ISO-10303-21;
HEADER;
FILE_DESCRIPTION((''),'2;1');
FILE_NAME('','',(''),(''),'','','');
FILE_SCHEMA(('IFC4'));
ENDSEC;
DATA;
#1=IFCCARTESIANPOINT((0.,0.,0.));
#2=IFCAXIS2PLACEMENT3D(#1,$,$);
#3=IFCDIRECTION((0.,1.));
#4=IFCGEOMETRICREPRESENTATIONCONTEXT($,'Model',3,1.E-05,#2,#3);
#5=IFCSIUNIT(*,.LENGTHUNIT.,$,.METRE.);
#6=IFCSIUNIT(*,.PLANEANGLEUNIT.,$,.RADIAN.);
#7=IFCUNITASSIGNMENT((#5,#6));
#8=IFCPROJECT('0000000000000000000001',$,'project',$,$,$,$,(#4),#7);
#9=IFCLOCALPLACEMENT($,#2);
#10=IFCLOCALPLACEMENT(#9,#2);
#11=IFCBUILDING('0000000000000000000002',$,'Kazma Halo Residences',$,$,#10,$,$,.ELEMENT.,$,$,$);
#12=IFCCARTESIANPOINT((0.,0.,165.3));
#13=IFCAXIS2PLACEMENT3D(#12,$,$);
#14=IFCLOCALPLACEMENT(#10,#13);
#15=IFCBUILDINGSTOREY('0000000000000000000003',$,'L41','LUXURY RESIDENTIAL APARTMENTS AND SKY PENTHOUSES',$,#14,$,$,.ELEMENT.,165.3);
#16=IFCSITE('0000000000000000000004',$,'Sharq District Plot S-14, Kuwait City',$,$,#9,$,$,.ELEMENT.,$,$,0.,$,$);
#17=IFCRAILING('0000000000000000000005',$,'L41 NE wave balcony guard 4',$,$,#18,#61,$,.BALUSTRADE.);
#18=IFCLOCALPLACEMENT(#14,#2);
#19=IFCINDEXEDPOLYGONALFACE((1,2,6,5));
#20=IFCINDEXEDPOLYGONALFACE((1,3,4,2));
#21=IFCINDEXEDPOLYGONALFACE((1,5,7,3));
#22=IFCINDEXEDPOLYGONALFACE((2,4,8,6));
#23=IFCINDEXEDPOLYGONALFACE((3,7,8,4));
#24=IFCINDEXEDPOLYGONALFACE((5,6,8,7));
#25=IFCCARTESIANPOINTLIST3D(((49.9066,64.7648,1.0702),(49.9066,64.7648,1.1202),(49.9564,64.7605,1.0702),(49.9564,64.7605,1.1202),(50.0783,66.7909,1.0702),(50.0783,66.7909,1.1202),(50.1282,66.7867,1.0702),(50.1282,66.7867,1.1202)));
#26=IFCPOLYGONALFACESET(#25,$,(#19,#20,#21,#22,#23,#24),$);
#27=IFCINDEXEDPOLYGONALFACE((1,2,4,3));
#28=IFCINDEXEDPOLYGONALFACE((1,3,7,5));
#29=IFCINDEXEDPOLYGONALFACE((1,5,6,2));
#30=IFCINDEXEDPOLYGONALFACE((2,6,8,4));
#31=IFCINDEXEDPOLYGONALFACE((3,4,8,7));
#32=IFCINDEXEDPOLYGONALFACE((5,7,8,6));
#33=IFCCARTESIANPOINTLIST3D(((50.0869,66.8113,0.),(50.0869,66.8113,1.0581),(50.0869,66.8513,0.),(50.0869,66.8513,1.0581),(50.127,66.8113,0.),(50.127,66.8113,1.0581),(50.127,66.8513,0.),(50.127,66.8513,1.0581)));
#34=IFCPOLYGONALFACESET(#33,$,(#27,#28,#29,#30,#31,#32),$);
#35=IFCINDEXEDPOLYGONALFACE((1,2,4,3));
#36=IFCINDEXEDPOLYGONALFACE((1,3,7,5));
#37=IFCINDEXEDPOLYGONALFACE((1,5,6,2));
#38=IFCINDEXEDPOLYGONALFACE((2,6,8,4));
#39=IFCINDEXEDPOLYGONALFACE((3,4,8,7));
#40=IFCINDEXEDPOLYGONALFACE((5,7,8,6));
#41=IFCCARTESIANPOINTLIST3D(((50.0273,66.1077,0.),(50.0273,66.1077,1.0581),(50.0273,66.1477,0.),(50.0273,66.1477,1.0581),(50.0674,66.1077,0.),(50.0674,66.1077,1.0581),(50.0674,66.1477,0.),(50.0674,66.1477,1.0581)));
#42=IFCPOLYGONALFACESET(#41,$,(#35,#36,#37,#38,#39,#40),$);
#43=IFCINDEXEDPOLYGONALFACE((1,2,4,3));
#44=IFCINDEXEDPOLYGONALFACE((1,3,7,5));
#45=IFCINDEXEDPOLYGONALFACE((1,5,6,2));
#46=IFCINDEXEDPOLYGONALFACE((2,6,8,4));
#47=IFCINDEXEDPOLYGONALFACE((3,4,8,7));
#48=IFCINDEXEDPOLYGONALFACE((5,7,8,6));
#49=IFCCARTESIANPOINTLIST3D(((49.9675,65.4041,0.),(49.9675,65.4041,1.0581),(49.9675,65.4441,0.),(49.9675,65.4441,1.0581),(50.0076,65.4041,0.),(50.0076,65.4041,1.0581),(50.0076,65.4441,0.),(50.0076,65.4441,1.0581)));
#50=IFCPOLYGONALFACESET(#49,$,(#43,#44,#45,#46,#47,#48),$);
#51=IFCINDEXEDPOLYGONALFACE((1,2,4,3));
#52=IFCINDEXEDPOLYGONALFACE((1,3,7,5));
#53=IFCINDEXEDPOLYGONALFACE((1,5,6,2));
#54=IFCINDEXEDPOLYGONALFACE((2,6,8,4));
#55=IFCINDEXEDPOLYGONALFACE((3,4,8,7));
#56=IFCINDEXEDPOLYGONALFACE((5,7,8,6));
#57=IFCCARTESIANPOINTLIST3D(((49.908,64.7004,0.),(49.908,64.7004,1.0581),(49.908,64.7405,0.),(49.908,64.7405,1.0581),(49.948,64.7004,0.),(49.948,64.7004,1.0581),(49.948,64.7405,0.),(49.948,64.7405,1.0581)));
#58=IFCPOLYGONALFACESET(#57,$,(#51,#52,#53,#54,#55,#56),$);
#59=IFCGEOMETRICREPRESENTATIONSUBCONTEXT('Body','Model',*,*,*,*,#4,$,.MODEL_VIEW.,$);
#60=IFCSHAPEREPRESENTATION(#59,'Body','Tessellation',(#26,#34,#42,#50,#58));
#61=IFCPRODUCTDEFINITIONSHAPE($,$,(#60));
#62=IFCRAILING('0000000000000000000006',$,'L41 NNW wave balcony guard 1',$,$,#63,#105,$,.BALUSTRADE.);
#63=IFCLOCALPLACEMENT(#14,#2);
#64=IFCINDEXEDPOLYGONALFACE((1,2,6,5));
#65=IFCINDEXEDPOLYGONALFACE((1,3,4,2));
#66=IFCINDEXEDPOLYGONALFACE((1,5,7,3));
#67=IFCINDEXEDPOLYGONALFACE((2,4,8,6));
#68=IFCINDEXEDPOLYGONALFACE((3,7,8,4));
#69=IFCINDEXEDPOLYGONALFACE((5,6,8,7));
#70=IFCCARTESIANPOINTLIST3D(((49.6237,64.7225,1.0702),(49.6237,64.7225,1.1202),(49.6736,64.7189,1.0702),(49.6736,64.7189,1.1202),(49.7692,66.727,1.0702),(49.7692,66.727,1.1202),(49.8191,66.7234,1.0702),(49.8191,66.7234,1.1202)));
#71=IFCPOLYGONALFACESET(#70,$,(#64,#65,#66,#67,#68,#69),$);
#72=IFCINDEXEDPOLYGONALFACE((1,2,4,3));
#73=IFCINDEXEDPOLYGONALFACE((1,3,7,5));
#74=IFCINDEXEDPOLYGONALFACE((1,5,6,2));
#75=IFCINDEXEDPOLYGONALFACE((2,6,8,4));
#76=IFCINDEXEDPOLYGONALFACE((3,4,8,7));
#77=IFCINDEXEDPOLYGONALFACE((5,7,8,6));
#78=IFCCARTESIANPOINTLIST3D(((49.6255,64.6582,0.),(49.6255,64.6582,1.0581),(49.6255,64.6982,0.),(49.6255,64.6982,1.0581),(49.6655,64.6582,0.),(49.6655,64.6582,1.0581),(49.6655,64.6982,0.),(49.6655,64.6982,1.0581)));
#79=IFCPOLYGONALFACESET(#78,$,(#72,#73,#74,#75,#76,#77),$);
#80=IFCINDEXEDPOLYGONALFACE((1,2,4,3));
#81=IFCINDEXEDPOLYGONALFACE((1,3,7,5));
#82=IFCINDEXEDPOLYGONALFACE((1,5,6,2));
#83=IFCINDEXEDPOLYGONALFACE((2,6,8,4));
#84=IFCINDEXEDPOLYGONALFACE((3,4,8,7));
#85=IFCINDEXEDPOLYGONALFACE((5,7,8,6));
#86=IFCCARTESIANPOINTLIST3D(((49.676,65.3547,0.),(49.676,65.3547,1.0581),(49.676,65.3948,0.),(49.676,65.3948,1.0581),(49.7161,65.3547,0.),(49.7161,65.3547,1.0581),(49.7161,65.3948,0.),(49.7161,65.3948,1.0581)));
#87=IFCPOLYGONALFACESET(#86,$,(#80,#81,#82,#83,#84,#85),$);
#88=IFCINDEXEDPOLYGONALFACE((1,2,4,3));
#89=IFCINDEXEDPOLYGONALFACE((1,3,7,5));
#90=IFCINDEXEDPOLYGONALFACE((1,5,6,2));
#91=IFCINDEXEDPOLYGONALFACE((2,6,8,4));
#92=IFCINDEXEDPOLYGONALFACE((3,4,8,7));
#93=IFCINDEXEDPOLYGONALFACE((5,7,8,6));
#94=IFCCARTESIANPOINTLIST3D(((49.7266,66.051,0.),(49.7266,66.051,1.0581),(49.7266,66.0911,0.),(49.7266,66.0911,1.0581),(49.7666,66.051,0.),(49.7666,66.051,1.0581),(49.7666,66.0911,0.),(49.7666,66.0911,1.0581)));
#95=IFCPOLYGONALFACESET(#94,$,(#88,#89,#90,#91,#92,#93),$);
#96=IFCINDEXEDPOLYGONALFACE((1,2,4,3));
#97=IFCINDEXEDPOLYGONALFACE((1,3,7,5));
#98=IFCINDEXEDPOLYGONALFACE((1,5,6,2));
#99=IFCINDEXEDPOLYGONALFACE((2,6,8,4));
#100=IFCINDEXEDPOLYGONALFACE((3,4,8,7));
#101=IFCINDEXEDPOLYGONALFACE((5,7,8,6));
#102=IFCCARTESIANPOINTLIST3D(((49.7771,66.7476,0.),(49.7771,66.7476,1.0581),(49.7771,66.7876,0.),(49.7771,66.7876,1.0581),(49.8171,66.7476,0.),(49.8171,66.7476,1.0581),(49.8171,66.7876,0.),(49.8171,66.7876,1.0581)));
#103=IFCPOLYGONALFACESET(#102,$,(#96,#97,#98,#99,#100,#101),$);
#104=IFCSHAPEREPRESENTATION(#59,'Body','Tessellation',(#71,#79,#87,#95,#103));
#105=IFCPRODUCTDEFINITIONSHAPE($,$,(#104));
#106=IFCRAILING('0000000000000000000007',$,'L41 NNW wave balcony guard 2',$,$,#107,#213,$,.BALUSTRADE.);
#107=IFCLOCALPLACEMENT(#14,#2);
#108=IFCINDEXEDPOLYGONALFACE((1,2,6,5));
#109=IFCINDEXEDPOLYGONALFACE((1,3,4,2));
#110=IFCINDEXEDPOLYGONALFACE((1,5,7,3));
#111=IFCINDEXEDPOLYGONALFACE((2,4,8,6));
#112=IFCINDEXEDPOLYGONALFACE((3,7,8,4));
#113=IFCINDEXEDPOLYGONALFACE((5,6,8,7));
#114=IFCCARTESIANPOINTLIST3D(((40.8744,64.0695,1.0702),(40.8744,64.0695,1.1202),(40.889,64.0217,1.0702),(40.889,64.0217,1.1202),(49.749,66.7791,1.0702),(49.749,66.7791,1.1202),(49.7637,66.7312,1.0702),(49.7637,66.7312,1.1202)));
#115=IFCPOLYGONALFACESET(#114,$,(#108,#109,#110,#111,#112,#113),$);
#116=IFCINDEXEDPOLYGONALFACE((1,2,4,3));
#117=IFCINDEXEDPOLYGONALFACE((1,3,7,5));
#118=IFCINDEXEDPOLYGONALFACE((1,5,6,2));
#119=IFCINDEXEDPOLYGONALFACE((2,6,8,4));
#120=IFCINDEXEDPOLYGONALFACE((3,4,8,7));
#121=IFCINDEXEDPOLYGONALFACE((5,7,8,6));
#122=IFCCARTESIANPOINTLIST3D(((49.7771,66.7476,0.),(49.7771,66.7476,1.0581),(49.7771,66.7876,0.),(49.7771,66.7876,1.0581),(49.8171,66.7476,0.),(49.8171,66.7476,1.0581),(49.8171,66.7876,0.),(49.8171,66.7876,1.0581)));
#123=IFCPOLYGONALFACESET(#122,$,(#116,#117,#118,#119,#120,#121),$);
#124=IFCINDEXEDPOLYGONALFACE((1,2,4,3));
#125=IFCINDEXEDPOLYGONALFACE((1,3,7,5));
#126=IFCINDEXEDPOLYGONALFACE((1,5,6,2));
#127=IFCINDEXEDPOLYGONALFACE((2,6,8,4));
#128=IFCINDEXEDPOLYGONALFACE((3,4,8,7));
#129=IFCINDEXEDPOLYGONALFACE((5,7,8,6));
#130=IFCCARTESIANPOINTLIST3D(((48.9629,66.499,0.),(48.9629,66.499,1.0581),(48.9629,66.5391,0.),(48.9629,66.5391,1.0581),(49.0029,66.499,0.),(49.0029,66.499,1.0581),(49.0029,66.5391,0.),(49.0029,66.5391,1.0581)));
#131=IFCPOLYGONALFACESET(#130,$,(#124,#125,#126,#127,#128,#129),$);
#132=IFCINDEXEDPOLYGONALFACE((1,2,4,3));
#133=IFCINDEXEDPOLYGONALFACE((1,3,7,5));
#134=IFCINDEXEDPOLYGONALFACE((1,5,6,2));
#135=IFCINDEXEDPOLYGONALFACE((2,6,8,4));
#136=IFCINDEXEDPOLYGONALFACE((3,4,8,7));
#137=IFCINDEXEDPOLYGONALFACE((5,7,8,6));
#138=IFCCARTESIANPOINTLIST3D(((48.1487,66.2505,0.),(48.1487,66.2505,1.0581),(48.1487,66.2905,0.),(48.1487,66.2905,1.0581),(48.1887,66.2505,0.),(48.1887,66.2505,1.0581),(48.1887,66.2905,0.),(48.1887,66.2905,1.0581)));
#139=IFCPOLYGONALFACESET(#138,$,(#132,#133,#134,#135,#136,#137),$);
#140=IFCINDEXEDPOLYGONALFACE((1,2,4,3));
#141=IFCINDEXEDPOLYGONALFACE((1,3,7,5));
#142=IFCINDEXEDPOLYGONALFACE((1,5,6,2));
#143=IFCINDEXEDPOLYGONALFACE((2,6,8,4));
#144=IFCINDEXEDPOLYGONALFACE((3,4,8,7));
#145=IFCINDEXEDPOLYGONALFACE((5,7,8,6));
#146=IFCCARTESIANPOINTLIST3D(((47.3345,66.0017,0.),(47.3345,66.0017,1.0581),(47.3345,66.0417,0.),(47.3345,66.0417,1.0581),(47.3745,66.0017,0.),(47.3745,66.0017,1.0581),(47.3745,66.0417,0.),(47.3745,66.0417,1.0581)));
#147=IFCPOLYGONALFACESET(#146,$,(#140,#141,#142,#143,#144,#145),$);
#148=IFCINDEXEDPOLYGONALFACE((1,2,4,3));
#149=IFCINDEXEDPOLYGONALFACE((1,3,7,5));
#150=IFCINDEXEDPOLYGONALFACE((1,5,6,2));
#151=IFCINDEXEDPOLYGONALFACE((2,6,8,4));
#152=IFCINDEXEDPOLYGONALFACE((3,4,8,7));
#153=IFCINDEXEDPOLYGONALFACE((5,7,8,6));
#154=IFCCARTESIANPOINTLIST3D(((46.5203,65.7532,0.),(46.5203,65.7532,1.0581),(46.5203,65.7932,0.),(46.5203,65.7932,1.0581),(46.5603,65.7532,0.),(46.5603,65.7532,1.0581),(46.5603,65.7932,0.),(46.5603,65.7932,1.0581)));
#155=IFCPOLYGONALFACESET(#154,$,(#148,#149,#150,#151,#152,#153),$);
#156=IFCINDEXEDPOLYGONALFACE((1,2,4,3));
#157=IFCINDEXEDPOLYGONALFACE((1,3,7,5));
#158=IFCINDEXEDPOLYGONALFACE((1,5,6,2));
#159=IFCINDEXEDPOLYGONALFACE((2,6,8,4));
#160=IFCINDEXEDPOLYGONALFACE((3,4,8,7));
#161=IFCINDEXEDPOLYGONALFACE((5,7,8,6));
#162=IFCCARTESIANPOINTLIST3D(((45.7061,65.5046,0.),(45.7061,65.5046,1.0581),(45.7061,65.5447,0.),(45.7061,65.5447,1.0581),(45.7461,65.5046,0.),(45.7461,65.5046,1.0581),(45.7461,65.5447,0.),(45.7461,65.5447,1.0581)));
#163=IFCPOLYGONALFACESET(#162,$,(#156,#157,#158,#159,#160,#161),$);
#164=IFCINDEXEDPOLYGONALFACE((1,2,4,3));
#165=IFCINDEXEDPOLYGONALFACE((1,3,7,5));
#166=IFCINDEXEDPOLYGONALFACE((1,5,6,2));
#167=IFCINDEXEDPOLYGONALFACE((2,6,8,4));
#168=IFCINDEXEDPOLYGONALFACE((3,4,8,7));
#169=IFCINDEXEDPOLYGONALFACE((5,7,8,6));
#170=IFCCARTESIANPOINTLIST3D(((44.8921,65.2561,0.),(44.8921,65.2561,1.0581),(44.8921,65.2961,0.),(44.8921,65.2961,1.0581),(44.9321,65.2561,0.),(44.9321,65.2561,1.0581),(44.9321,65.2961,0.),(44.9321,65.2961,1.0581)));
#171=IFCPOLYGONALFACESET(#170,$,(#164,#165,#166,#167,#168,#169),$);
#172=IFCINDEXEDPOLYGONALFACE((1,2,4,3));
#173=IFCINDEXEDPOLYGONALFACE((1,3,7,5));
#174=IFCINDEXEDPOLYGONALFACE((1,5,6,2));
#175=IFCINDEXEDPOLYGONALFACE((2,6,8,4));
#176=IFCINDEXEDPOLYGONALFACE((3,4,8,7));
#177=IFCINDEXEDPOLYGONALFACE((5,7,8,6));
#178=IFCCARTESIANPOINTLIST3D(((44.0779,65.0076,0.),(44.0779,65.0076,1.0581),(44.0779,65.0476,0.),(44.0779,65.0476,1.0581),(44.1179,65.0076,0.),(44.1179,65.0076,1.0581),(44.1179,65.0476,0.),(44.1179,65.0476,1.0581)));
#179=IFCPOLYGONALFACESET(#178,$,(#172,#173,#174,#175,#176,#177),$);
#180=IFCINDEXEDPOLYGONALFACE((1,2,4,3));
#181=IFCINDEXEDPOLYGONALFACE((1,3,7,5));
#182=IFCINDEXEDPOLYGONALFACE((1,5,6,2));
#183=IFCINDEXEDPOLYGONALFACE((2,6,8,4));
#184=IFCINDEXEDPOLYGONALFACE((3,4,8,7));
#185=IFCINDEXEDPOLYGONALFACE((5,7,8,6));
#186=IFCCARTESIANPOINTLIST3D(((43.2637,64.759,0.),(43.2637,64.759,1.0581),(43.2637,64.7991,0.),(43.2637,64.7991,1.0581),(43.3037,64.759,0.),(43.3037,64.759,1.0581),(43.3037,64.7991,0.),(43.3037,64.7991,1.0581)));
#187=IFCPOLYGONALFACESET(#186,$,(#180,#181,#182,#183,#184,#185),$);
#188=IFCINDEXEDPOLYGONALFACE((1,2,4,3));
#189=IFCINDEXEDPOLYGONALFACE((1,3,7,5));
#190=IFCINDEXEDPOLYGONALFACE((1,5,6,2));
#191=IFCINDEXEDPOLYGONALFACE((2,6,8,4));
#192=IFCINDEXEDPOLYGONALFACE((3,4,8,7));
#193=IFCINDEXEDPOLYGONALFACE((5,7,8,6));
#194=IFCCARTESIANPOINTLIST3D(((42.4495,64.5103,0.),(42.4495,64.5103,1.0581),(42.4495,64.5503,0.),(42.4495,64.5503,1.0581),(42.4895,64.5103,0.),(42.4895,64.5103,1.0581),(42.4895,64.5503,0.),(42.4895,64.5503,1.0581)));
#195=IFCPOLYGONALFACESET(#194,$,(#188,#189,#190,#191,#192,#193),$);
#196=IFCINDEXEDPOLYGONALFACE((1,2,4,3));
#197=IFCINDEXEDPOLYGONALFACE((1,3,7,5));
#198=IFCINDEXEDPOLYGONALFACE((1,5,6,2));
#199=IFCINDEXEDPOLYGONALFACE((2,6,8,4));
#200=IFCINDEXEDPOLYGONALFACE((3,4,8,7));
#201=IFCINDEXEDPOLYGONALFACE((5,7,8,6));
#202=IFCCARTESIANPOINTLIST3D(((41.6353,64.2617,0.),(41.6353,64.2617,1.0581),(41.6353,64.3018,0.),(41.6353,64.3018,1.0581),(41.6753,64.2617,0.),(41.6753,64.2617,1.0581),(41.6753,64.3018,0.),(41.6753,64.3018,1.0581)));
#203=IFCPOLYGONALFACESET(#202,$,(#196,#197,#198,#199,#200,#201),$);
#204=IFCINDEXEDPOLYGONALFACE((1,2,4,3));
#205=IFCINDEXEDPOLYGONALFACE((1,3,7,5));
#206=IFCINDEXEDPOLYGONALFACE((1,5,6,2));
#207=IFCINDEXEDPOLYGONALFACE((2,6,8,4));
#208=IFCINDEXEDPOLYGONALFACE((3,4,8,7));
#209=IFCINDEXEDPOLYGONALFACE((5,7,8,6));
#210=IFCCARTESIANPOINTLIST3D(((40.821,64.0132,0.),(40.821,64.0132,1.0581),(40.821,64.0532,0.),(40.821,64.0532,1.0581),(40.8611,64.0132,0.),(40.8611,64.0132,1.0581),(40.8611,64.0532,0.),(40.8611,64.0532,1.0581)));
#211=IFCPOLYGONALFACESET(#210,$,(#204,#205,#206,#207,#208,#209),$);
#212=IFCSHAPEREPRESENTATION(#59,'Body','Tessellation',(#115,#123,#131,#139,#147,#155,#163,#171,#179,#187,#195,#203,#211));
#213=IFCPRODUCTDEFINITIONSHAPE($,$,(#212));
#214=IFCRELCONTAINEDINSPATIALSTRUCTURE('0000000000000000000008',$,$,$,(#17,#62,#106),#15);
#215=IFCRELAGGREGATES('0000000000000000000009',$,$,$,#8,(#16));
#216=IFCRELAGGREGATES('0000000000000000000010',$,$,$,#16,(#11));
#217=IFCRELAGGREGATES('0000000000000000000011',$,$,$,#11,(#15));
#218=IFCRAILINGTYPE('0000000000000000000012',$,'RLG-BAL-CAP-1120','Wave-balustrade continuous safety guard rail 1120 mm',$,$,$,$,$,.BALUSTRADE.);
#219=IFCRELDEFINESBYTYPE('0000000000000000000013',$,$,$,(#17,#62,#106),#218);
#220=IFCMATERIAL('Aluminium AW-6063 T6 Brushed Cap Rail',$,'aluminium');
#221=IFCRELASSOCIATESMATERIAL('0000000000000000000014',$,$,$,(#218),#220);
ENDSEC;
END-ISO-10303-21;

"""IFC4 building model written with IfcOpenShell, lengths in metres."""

from ifc_helpers import new_model, si_unit, direction, frame, origin, origin_2d, place, context, subcontext, project, spatial, rectangle, extrude, material, type_object, element, save


model = new_model("IFC4")

# Units and contexts
model_context = context("Model", 3, precision=1e-05, world=origin(), true_north=direction((0.0, 1.0)))
body_context = subcontext(model_context, "Body", "Model", "MODEL_VIEW")
ifc_project = project(units=[si_unit("LENGTHUNIT", "METRE"), si_unit("PLANEANGLEUNIT", "RADIAN")], contexts=[model_context])

# Site, building, storey
site_placement = place(None, origin())
site = spatial("IfcSite", under=ifc_project, at=site_placement, Name="Sharq District Plot S-14, Kuwait City", CompositionType="ELEMENT", RefElevation=0.0)
building_placement = place(site_placement, origin())
building = spatial("IfcBuilding", under=site, at=building_placement, Name="Kazma Halo Residences", CompositionType="ELEMENT")
storey_placement = place(building_placement, frame((0.0, 0.0, 165.3)))
storey = spatial("IfcBuildingStorey", under=building, at=storey_placement, Name="L41", Description="LUXURY RESIDENTIAL APARTMENTS AND SKY PENTHOUSES", CompositionType="ELEMENT", Elevation=165.3)

# Railings
ifc_material_1 = material(Name="Aluminium AW-6063 T6 Brushed Cap Rail", Category="aluminium")
railing_type = type_object("IfcRailingType", Name="RLG-BAL-CAP-1120", Description="Wave-balustrade continuous safety guard rail 1120 mm", PredefinedType="BALUSTRADE", material=ifc_material_1)
railing_1_placement = place(storey_placement, frame((50.1069, 66.8313, 0.0)))
element("IfcRailing", 1, at=railing_1_placement, inside=storey, type_object=railing_type, Name="L41 NE wave balcony guard 4", PredefinedType="BALUSTRADE", context=body_context, shape_type="SweptSolid", body=[
    extrude(rectangle(XDim=0.05, YDim=0.05, at=origin_2d()), frame((-0.0037, -0.0425, 1.0952), z_axis=(-0.084476, -0.996426, 0.0), x_axis=(0.996426, -0.084476, 0.0)), (0.0, 0.0, 1.0), 2.0334),
    extrude(rectangle(XDim=0.04, YDim=0.04, at=origin_2d()), origin(), (0.0, 0.0, 1.0), 1.0581),
    extrude(rectangle(XDim=0.04, YDim=0.04, at=origin_2d()), frame((-0.0596, -0.7036, 0.0)), (0.0, 0.0, 1.0), 1.0581),
    extrude(rectangle(XDim=0.04, YDim=0.04, at=origin_2d()), frame((-0.1194, -1.4072, 0.0)), (0.0, 0.0, 1.0), 1.0581),
    extrude(rectangle(XDim=0.04, YDim=0.04, at=origin_2d()), frame((-0.179, -2.1108, 0.0)), (0.0, 0.0, 1.0), 1.0581),
])
railing_2_placement = place(storey_placement, frame((49.6455, 64.6782, 0.0)))
element("IfcRailing", 2, at=railing_2_placement, inside=storey, type_object=railing_type, Name="L41 NNW wave balcony guard 1", PredefinedType="BALUSTRADE", context=body_context, shape_type="SweptSolid", body=[
    extrude(rectangle(XDim=0.05, YDim=0.05, at=origin_2d()), frame((0.0032, 0.0425, 1.0952), z_axis=(0.072373, 0.997378, 0.0), x_axis=(-0.997378, 0.072373, 0.0)), (0.0, 0.0, 1.0), 2.0098),
    extrude(rectangle(XDim=0.04, YDim=0.04, at=origin_2d()), origin(), (0.0, 0.0, 1.0), 1.0581),
    extrude(rectangle(XDim=0.04, YDim=0.04, at=origin_2d()), frame((0.0505, 0.6965, 0.0)), (0.0, 0.0, 1.0), 1.0581),
    extrude(rectangle(XDim=0.04, YDim=0.04, at=origin_2d()), frame((0.1011, 1.3928, 0.0)), (0.0, 0.0, 1.0), 1.0581),
    extrude(rectangle(XDim=0.04, YDim=0.04, at=origin_2d()), frame((0.1516, 2.0894, 0.0)), (0.0, 0.0, 1.0), 1.0581),
])
railing_3_placement = place(storey_placement, frame((49.7971, 66.7676, 0.0)))
element("IfcRailing", 3, at=railing_3_placement, inside=storey, type_object=railing_type, Name="L41 NNW wave balcony guard 2", PredefinedType="BALUSTRADE", context=body_context, shape_type="SweptSolid", body=[
    extrude(rectangle(XDim=0.05, YDim=0.05, at=origin_2d()), frame((-0.0408, -0.0125, 1.0952), z_axis=(-0.956417, -0.292004, 0.0), x_axis=(0.292004, -0.956417, 0.0)), (0.0, 0.0, 1.0), 9.2791),
    extrude(rectangle(XDim=0.04, YDim=0.04, at=origin_2d()), origin(), (0.0, 0.0, 1.0), 1.0581),
    extrude(rectangle(XDim=0.04, YDim=0.04, at=origin_2d()), frame((-0.8142, -0.2485, 0.0)), (0.0, 0.0, 1.0), 1.0581),
    extrude(rectangle(XDim=0.04, YDim=0.04, at=origin_2d()), frame((-1.6284, -0.4971, 0.0)), (0.0, 0.0, 1.0), 1.0581),
    extrude(rectangle(XDim=0.04, YDim=0.04, at=origin_2d()), frame((-2.4426, -0.7458, 0.0)), (0.0, 0.0, 1.0), 1.0581),
    extrude(rectangle(XDim=0.04, YDim=0.04, at=origin_2d()), frame((-3.2568, -0.9944, 0.0)), (0.0, 0.0, 1.0), 1.0581),
    extrude(rectangle(XDim=0.04, YDim=0.04, at=origin_2d()), frame((-4.071, -1.2429, 0.0)), (0.0, 0.0, 1.0), 1.0581),
    extrude(rectangle(XDim=0.04, YDim=0.04, at=origin_2d()), frame((-4.885, -1.4915, 0.0)), (0.0, 0.0, 1.0), 1.0581),
    extrude(rectangle(XDim=0.04, YDim=0.04, at=origin_2d()), frame((-5.6992, -1.74, 0.0)), (0.0, 0.0, 1.0), 1.0581),
    extrude(rectangle(XDim=0.04, YDim=0.04, at=origin_2d()), frame((-6.5134, -1.9885, 0.0)), (0.0, 0.0, 1.0), 1.0581),
    extrude(rectangle(XDim=0.04, YDim=0.04, at=origin_2d()), frame((-7.3276, -2.2373, 0.0)), (0.0, 0.0, 1.0), 1.0581),
    extrude(rectangle(XDim=0.04, YDim=0.04, at=origin_2d()), frame((-8.1418, -2.4858, 0.0)), (0.0, 0.0, 1.0), 1.0581),
    extrude(rectangle(XDim=0.04, YDim=0.04, at=origin_2d()), frame((-8.9561, -2.7344, 0.0)), (0.0, 0.0, 1.0), 1.0581),
])

save(model, "model.ifc")
